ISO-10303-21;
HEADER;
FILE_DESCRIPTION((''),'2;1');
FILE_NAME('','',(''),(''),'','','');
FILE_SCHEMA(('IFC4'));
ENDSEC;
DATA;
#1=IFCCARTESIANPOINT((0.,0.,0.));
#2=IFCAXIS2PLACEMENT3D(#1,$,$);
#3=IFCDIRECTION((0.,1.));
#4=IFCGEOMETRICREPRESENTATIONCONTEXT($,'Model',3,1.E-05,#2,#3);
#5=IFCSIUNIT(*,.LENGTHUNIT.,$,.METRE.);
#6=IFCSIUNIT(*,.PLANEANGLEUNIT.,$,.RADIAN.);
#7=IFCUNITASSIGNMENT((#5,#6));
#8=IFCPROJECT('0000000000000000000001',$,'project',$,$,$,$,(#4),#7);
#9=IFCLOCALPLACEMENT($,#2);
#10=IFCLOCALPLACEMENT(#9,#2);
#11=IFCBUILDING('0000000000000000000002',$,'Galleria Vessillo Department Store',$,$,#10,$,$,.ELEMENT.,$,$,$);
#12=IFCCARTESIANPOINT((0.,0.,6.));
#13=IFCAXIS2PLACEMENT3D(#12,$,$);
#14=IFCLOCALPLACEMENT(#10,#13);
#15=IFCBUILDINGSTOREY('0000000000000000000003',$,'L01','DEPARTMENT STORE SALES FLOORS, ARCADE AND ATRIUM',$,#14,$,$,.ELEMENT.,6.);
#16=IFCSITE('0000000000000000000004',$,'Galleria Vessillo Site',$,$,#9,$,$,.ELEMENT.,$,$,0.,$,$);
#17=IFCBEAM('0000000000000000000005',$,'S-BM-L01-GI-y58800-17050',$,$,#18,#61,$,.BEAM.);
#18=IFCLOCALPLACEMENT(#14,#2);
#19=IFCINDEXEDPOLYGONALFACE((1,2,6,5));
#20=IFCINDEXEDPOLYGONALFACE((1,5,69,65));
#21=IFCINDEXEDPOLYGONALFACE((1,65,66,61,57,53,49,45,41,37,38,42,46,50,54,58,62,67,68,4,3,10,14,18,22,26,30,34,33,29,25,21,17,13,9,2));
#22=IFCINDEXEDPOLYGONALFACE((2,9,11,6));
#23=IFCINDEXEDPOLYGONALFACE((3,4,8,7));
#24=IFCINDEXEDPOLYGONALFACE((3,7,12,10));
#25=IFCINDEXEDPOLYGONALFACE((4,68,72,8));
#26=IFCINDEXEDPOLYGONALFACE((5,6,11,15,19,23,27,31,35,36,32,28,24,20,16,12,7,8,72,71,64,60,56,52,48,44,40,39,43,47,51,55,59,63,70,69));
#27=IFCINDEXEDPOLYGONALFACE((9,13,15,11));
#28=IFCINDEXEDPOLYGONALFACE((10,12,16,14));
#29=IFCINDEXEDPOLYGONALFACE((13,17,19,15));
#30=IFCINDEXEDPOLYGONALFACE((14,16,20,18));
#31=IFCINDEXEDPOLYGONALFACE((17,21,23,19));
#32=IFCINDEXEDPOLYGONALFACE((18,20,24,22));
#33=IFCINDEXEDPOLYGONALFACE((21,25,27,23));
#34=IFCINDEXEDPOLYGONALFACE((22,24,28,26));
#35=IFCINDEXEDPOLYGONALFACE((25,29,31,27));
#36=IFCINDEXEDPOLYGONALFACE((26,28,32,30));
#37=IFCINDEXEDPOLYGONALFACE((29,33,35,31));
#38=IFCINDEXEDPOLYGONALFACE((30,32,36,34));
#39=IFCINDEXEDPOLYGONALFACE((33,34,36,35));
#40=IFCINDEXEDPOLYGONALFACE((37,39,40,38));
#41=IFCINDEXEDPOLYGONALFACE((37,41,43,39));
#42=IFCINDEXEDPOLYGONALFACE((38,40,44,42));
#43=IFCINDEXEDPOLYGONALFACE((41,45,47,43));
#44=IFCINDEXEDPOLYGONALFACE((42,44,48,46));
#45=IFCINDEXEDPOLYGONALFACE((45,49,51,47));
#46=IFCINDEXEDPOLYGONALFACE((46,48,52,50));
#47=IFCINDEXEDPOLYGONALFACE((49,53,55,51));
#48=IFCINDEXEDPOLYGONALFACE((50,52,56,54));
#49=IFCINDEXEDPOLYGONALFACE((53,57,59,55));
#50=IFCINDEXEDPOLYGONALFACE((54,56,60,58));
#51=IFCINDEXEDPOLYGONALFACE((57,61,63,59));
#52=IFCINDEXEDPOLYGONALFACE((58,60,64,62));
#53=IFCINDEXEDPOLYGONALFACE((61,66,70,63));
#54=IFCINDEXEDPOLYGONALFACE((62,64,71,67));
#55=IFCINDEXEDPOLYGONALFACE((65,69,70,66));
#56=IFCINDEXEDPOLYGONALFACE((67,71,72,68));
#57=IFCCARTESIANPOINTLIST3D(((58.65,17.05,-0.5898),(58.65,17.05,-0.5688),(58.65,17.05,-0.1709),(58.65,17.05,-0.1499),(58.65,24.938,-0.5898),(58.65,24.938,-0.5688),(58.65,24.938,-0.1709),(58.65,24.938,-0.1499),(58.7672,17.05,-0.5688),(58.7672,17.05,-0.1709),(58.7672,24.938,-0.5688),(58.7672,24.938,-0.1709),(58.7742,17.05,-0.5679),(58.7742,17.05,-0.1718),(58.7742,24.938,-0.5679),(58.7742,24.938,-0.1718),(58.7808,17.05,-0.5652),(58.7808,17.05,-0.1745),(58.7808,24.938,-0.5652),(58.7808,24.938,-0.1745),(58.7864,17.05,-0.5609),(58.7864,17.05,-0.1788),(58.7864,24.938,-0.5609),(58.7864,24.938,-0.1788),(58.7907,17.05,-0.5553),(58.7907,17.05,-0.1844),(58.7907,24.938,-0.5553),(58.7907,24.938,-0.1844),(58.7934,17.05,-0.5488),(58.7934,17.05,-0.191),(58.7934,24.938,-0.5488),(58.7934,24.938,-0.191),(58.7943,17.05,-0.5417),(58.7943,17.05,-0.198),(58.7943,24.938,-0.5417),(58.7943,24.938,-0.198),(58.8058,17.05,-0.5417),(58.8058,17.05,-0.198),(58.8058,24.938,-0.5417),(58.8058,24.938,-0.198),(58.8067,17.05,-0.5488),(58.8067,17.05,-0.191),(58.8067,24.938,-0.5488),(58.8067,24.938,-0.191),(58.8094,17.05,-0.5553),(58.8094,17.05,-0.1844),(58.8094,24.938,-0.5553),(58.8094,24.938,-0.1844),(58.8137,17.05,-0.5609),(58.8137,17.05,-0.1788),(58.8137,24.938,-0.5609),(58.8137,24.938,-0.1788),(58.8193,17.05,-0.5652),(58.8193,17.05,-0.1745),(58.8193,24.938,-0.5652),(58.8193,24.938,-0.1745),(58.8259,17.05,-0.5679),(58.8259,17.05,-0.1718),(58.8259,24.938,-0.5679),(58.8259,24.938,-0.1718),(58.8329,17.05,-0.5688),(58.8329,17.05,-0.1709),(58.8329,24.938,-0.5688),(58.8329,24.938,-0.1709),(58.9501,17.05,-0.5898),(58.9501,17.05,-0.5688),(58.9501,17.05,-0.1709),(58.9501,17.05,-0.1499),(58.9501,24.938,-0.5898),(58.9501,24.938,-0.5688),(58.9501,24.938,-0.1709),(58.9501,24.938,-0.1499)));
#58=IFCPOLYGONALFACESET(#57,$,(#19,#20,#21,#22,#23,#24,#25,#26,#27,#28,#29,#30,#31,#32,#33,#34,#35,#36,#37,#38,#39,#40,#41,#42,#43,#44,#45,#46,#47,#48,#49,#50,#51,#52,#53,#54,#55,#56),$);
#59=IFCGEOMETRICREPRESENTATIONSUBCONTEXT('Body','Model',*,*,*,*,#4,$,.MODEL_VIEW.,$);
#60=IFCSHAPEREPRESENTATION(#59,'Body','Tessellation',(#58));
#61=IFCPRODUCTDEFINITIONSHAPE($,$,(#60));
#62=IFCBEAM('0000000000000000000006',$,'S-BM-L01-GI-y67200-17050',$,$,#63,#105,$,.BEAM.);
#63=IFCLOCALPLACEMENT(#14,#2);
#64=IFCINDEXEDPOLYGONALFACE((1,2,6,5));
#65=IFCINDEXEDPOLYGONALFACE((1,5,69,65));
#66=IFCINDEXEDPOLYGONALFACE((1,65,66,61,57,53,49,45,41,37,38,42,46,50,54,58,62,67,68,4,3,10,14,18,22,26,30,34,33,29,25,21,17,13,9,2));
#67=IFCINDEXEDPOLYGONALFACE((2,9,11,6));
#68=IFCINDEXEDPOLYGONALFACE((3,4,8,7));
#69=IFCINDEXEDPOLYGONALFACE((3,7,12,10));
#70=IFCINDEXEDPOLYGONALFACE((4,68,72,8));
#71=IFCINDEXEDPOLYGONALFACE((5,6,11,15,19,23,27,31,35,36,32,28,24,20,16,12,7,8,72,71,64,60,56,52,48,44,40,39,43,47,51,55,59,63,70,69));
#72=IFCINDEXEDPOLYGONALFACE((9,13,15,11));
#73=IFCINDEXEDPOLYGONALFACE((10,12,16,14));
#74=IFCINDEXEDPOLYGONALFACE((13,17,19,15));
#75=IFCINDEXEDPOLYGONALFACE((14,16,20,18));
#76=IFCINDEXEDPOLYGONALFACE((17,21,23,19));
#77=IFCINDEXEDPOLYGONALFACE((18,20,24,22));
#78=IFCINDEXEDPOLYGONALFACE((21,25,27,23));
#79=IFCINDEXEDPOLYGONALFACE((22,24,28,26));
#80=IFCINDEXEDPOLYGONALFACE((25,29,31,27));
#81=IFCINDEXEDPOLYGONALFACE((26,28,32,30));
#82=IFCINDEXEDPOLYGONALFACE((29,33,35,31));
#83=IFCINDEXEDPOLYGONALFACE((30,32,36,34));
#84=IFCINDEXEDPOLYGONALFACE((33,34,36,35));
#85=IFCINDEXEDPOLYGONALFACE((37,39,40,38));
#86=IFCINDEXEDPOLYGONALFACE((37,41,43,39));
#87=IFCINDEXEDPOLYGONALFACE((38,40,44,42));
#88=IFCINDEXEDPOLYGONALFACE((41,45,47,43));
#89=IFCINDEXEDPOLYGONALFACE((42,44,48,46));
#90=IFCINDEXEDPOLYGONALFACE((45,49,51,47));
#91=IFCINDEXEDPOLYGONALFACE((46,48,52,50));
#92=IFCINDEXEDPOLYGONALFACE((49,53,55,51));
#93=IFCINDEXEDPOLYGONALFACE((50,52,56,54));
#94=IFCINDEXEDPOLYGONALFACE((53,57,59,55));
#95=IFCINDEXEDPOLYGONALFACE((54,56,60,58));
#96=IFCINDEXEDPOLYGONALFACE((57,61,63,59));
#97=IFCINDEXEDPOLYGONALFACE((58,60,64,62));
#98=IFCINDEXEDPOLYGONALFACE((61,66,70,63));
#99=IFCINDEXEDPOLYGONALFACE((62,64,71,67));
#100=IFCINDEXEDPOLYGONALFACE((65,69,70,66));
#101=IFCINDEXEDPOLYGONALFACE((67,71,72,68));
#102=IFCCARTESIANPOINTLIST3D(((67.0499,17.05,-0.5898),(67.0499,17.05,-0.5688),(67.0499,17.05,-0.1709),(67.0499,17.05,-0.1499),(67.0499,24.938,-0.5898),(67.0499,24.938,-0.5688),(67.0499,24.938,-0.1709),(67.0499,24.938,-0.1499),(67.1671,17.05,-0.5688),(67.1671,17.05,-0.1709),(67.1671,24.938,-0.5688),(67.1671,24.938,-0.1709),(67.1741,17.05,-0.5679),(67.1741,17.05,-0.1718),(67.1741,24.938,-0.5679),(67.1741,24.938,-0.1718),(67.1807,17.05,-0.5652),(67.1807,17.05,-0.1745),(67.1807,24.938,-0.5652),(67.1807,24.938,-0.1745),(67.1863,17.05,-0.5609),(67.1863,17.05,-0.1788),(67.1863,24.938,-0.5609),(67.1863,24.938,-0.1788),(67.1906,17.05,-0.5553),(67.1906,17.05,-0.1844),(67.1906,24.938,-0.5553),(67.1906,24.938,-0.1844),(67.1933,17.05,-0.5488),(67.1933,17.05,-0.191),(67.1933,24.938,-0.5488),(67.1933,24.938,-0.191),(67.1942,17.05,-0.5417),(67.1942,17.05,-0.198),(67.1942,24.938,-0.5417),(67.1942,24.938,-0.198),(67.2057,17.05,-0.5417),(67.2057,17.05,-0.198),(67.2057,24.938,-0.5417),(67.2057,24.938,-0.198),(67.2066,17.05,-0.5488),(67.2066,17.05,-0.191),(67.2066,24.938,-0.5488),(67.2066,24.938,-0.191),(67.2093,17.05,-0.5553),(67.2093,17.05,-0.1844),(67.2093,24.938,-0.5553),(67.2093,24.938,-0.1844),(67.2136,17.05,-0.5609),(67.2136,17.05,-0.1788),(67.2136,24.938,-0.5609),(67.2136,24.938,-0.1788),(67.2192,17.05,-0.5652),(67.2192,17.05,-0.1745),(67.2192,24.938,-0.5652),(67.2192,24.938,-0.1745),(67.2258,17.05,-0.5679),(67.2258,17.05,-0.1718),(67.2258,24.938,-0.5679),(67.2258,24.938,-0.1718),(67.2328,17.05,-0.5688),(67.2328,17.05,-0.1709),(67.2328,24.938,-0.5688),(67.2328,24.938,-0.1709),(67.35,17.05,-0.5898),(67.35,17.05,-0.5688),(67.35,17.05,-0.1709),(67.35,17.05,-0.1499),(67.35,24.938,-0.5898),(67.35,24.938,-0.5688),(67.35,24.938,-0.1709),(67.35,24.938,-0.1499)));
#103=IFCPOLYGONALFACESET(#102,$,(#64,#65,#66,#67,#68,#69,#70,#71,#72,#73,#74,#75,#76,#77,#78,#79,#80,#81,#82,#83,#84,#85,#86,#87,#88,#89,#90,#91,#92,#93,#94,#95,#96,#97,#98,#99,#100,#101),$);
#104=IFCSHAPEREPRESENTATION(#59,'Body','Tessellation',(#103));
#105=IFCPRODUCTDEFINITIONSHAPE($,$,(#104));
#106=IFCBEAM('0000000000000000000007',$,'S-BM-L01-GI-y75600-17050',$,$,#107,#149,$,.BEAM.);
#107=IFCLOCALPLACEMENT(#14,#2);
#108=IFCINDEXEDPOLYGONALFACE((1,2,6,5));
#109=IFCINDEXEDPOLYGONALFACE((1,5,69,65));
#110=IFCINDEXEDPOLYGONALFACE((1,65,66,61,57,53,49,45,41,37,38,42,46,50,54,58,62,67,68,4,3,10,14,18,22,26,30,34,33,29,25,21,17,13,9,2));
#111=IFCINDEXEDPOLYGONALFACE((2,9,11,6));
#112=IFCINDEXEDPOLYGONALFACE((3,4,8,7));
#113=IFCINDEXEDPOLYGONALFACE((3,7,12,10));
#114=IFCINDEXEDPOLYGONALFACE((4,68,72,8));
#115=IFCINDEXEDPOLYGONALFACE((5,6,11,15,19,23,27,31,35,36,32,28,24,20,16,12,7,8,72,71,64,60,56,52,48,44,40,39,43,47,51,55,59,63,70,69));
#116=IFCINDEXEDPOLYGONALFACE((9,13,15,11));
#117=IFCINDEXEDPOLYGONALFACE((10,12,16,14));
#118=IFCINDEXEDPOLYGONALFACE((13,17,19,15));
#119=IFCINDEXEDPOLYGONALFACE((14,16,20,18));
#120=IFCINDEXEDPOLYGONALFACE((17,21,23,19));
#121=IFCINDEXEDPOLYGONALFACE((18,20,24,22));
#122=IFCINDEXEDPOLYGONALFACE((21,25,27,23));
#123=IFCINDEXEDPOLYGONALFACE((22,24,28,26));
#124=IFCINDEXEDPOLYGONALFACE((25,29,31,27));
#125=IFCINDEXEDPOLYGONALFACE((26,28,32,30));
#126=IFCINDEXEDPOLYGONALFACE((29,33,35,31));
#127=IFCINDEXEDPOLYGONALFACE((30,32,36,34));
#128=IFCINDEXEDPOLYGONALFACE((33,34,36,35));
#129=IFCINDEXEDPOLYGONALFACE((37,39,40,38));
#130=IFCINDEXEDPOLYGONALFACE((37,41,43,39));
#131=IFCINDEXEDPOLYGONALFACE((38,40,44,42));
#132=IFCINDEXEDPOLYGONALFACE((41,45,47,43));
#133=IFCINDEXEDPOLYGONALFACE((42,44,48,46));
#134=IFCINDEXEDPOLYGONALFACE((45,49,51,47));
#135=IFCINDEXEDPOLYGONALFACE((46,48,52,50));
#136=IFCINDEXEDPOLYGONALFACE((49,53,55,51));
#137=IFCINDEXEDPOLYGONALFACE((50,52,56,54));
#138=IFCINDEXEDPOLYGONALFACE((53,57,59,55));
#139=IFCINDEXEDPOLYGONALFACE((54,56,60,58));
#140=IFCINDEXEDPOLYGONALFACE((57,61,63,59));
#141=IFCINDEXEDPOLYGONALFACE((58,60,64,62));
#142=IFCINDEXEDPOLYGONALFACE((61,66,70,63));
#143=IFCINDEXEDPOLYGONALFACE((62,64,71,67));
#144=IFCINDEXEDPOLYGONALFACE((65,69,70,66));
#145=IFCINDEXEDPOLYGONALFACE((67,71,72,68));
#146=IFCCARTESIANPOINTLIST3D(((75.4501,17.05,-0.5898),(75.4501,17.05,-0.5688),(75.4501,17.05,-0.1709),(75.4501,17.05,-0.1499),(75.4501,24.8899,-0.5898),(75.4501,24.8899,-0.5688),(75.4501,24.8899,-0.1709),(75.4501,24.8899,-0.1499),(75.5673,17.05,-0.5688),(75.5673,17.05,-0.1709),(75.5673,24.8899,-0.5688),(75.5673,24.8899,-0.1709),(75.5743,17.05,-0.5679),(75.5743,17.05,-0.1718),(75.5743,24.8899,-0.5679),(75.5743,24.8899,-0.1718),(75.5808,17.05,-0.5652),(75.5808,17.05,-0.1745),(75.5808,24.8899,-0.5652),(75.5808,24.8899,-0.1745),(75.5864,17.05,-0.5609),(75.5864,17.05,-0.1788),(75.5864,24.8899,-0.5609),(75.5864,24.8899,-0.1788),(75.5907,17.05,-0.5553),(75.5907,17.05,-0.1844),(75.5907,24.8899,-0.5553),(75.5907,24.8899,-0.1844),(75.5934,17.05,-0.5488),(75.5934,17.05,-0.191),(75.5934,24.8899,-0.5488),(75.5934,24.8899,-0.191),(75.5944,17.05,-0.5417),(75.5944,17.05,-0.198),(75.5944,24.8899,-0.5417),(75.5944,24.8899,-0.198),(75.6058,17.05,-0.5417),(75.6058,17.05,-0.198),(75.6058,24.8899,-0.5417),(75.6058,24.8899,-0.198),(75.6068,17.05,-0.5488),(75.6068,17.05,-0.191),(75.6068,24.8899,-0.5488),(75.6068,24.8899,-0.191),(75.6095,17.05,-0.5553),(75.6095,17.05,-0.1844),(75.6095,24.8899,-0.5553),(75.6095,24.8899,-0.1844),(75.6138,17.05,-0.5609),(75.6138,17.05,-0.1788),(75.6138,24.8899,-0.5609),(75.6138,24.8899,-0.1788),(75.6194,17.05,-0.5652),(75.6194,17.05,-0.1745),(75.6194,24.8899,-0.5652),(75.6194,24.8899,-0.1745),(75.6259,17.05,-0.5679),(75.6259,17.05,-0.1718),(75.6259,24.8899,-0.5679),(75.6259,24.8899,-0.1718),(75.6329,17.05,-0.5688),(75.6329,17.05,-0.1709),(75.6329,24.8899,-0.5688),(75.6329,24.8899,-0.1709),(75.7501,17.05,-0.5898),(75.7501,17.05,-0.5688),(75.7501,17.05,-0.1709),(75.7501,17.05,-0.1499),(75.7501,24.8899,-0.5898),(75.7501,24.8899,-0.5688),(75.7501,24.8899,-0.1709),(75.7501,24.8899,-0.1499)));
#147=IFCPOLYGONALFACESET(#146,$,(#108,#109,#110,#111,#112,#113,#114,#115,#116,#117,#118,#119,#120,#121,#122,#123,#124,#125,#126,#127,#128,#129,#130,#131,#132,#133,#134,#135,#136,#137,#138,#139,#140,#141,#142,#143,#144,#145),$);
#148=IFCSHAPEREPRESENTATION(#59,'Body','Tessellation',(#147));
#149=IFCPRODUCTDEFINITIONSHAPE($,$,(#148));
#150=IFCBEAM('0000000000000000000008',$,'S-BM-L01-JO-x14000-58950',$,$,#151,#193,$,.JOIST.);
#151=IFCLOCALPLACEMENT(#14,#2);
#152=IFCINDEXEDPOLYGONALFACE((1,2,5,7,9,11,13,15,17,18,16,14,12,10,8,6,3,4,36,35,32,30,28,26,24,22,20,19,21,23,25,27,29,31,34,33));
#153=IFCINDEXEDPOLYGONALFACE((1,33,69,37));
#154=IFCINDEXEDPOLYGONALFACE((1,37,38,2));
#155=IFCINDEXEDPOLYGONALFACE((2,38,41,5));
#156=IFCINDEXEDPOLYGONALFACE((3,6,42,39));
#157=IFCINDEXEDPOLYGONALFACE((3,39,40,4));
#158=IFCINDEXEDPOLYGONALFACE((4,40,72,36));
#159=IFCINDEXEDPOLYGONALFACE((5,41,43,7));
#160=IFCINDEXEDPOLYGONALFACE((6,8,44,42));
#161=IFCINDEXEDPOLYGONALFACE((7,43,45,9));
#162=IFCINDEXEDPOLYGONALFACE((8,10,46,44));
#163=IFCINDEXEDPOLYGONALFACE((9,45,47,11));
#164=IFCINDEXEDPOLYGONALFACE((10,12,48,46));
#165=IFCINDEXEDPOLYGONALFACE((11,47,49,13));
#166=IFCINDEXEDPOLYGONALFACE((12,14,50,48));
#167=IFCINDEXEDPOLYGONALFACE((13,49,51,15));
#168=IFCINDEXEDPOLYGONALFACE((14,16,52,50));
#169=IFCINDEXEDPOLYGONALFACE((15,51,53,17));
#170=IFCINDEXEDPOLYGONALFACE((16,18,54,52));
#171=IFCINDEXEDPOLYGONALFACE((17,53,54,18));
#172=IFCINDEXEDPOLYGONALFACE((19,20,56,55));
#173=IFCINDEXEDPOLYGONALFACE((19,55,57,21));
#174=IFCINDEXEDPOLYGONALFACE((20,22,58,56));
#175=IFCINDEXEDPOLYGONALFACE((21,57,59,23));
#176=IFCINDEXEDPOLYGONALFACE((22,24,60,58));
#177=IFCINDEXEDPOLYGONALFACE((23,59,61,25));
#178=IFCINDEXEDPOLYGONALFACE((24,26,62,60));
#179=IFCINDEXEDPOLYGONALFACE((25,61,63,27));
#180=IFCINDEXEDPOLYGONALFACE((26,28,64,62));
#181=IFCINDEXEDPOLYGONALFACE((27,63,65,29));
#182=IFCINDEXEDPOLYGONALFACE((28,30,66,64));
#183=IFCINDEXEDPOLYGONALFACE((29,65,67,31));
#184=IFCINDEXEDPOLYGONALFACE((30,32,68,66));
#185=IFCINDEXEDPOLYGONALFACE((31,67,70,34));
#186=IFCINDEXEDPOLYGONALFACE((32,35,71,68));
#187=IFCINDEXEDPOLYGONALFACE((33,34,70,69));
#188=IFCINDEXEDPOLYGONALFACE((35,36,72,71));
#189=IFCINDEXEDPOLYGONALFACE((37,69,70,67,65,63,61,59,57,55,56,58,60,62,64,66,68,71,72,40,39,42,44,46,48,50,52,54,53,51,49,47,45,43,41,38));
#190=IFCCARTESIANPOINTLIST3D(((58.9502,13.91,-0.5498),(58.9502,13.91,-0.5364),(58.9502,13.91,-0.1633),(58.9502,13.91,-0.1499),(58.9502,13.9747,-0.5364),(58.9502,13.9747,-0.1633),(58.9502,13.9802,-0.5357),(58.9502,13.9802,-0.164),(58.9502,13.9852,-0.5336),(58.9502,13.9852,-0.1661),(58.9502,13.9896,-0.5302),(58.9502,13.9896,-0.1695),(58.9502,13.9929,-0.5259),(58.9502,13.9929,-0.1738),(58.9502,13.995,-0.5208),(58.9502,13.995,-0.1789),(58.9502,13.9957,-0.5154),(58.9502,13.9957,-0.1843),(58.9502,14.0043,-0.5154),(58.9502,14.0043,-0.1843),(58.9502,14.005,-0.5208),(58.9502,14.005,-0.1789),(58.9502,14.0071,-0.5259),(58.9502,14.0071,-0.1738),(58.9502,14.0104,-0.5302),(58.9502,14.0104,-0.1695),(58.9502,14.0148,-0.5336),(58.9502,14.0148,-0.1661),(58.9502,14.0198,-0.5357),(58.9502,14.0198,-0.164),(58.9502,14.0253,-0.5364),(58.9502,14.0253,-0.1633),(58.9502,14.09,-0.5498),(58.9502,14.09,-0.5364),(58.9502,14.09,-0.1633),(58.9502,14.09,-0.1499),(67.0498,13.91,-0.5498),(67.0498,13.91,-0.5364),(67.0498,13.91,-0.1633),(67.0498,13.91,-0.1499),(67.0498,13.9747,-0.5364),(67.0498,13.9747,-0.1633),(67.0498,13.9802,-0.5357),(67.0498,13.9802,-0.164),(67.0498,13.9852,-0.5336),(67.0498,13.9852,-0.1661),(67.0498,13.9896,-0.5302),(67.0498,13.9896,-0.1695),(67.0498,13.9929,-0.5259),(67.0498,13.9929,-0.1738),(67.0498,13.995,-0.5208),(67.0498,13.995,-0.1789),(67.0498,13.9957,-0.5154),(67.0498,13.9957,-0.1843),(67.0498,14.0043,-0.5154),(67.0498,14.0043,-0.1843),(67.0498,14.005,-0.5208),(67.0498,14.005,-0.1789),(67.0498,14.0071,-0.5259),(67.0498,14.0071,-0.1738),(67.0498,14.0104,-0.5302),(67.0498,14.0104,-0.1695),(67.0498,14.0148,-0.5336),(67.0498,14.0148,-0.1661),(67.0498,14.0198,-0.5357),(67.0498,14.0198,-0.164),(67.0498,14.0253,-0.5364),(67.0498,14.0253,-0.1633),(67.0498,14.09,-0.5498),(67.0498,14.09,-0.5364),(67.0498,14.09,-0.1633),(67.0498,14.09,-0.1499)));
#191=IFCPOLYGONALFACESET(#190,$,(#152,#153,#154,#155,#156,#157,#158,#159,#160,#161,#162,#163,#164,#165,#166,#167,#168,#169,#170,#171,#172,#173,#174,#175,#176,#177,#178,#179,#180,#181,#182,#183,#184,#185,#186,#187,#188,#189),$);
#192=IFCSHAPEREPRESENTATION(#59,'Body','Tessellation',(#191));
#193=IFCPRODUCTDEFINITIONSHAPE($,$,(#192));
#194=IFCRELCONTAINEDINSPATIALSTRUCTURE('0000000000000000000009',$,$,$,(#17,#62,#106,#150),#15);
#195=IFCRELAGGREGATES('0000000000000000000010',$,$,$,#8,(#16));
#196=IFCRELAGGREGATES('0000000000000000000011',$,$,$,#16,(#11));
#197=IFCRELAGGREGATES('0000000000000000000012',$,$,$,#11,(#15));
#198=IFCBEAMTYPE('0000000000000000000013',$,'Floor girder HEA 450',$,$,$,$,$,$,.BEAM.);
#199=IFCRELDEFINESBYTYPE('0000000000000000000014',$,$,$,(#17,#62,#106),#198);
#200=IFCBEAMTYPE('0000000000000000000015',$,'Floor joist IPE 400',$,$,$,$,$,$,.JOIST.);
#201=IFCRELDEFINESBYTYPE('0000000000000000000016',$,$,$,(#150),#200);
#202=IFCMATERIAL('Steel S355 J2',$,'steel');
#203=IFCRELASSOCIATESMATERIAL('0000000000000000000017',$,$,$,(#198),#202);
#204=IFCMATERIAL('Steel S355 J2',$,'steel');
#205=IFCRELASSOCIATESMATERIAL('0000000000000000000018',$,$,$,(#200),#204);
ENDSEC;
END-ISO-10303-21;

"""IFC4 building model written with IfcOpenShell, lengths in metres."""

from ifc_helpers import new_model, si_unit, direction, frame, origin, origin_2d, place, context, subcontext, project, spatial, i_section, extrude, material, material_profile, profile_set, type_object, element, save


model = new_model("IFC4")

# Units and contexts
model_context = context("Model", 3, precision=1e-05, world=origin(), true_north=direction((0.0, 1.0)))
body_context = subcontext(model_context, "Body", "Model", "MODEL_VIEW")
ifc_project = project(units=[si_unit("LENGTHUNIT", "METRE"), si_unit("PLANEANGLEUNIT", "RADIAN")], contexts=[model_context])

# Site, building, storey
site_placement = place(None, origin())
site = spatial("IfcSite", under=ifc_project, at=site_placement, Name="Galleria Vessillo Site", CompositionType="ELEMENT", RefElevation=0.0)
building_placement = place(site_placement, origin())
building = spatial("IfcBuilding", under=site, at=building_placement, Name="Galleria Vessillo Department Store", CompositionType="ELEMENT")
storey_placement = place(building_placement, frame((0.0, 0.0, 6.0)))
storey = spatial("IfcBuildingStorey", under=building, at=storey_placement, Name="L01", Description="DEPARTMENT STORE SALES FLOORS, ARCADE AND ATRIUM", CompositionType="ELEMENT", Elevation=6.0)

# Beams
ifc_material_1 = material(Name="Steel S355 J2", Category="steel")
ifc_material_profile_1 = material_profile(ifc_material_1, i_section(OverallWidth=0.3, OverallDepth=0.4399, WebThickness=0.0115, FlangeThickness=0.021, FilletRadius=0.0271, at=origin_2d()), Name="HEA 450")
ifc_profile_set_1 = profile_set([ifc_material_profile_1], Name="Steel S355 J2")
beam_type_1 = type_object("IfcBeamType", Name="Floor girder HEA 450", PredefinedType="BEAM", material=ifc_profile_set_1)
for number, where, z_axis, x_axis, name in (
    (1, (58.8, 17.05, -0.3699), (0.0, 1.0, 0.0), (-1.0, 0.0, 0.0), "S-BM-L01-GI-y58800-17050"),
    (2, (67.2, 17.05, -0.3699), (0.0, 1.0, 0.0), (-1.0, 0.0, 0.0), "S-BM-L01-GI-y67200-17050"),
):
    element("IfcBeam", number, at=place(storey_placement, frame(where, z_axis=z_axis, x_axis=x_axis)), inside=storey, type_object=beam_type_1, Name=name, PredefinedType="BEAM", context=body_context, shape_type="SweptSolid", body=[
        extrude(i_section(OverallWidth=0.3, OverallDepth=0.4399, WebThickness=0.0115, FlangeThickness=0.021, FilletRadius=0.0271, at=origin_2d()), origin(), (0.0, 0.0, 1.0), 7.8879),
    ])
beam_1_placement = place(storey_placement, frame((75.6001, 17.05, -0.3699), z_axis=(0.0, 1.0, 0.0), x_axis=(-1.0, 0.0, 0.0)))
element("IfcBeam", 3, at=beam_1_placement, inside=storey, type_object=beam_type_1, Name="S-BM-L01-GI-y75600-17050", PredefinedType="BEAM", context=body_context, shape_type="SweptSolid", body=[
    extrude(i_section(OverallWidth=0.3, OverallDepth=0.4399, WebThickness=0.0115, FlangeThickness=0.021, FilletRadius=0.0271, at=origin_2d()), origin(), (0.0, 0.0, 1.0), 7.8398),
])
ifc_material_2 = material(Name="Steel S355 J2", Category="steel")
ifc_material_profile_2 = material_profile(ifc_material_2, i_section(OverallWidth=0.1799, OverallDepth=0.3999, WebThickness=0.0085, FlangeThickness=0.0134, FilletRadius=0.021, at=origin_2d()), Name="IPE 400")
ifc_profile_set_2 = profile_set([ifc_material_profile_2], Name="Steel S355 J2")
beam_type_2 = type_object("IfcBeamType", Name="Floor joist IPE 400", PredefinedType="JOIST", material=ifc_profile_set_2)
for number, where, z_axis, x_axis, name in (
    (4, (58.9502, 14.0, -0.3499), (1.0, 0.0, 0.0), (0.0, 1.0, 0.0), "S-BM-L01-JO-x14000-58950"),
):
    element("IfcBeam", number, at=place(storey_placement, frame(where, z_axis=z_axis, x_axis=x_axis)), inside=storey, type_object=beam_type_2, Name=name, PredefinedType="JOIST", context=body_context, shape_type="SweptSolid", body=[
        extrude(i_section(OverallWidth=0.1799, OverallDepth=0.3999, WebThickness=0.0085, FlangeThickness=0.0134, FilletRadius=0.021, at=origin_2d()), origin(), (0.0, 0.0, 1.0), 8.0996),
    ])

save(model, "model.ifc")
